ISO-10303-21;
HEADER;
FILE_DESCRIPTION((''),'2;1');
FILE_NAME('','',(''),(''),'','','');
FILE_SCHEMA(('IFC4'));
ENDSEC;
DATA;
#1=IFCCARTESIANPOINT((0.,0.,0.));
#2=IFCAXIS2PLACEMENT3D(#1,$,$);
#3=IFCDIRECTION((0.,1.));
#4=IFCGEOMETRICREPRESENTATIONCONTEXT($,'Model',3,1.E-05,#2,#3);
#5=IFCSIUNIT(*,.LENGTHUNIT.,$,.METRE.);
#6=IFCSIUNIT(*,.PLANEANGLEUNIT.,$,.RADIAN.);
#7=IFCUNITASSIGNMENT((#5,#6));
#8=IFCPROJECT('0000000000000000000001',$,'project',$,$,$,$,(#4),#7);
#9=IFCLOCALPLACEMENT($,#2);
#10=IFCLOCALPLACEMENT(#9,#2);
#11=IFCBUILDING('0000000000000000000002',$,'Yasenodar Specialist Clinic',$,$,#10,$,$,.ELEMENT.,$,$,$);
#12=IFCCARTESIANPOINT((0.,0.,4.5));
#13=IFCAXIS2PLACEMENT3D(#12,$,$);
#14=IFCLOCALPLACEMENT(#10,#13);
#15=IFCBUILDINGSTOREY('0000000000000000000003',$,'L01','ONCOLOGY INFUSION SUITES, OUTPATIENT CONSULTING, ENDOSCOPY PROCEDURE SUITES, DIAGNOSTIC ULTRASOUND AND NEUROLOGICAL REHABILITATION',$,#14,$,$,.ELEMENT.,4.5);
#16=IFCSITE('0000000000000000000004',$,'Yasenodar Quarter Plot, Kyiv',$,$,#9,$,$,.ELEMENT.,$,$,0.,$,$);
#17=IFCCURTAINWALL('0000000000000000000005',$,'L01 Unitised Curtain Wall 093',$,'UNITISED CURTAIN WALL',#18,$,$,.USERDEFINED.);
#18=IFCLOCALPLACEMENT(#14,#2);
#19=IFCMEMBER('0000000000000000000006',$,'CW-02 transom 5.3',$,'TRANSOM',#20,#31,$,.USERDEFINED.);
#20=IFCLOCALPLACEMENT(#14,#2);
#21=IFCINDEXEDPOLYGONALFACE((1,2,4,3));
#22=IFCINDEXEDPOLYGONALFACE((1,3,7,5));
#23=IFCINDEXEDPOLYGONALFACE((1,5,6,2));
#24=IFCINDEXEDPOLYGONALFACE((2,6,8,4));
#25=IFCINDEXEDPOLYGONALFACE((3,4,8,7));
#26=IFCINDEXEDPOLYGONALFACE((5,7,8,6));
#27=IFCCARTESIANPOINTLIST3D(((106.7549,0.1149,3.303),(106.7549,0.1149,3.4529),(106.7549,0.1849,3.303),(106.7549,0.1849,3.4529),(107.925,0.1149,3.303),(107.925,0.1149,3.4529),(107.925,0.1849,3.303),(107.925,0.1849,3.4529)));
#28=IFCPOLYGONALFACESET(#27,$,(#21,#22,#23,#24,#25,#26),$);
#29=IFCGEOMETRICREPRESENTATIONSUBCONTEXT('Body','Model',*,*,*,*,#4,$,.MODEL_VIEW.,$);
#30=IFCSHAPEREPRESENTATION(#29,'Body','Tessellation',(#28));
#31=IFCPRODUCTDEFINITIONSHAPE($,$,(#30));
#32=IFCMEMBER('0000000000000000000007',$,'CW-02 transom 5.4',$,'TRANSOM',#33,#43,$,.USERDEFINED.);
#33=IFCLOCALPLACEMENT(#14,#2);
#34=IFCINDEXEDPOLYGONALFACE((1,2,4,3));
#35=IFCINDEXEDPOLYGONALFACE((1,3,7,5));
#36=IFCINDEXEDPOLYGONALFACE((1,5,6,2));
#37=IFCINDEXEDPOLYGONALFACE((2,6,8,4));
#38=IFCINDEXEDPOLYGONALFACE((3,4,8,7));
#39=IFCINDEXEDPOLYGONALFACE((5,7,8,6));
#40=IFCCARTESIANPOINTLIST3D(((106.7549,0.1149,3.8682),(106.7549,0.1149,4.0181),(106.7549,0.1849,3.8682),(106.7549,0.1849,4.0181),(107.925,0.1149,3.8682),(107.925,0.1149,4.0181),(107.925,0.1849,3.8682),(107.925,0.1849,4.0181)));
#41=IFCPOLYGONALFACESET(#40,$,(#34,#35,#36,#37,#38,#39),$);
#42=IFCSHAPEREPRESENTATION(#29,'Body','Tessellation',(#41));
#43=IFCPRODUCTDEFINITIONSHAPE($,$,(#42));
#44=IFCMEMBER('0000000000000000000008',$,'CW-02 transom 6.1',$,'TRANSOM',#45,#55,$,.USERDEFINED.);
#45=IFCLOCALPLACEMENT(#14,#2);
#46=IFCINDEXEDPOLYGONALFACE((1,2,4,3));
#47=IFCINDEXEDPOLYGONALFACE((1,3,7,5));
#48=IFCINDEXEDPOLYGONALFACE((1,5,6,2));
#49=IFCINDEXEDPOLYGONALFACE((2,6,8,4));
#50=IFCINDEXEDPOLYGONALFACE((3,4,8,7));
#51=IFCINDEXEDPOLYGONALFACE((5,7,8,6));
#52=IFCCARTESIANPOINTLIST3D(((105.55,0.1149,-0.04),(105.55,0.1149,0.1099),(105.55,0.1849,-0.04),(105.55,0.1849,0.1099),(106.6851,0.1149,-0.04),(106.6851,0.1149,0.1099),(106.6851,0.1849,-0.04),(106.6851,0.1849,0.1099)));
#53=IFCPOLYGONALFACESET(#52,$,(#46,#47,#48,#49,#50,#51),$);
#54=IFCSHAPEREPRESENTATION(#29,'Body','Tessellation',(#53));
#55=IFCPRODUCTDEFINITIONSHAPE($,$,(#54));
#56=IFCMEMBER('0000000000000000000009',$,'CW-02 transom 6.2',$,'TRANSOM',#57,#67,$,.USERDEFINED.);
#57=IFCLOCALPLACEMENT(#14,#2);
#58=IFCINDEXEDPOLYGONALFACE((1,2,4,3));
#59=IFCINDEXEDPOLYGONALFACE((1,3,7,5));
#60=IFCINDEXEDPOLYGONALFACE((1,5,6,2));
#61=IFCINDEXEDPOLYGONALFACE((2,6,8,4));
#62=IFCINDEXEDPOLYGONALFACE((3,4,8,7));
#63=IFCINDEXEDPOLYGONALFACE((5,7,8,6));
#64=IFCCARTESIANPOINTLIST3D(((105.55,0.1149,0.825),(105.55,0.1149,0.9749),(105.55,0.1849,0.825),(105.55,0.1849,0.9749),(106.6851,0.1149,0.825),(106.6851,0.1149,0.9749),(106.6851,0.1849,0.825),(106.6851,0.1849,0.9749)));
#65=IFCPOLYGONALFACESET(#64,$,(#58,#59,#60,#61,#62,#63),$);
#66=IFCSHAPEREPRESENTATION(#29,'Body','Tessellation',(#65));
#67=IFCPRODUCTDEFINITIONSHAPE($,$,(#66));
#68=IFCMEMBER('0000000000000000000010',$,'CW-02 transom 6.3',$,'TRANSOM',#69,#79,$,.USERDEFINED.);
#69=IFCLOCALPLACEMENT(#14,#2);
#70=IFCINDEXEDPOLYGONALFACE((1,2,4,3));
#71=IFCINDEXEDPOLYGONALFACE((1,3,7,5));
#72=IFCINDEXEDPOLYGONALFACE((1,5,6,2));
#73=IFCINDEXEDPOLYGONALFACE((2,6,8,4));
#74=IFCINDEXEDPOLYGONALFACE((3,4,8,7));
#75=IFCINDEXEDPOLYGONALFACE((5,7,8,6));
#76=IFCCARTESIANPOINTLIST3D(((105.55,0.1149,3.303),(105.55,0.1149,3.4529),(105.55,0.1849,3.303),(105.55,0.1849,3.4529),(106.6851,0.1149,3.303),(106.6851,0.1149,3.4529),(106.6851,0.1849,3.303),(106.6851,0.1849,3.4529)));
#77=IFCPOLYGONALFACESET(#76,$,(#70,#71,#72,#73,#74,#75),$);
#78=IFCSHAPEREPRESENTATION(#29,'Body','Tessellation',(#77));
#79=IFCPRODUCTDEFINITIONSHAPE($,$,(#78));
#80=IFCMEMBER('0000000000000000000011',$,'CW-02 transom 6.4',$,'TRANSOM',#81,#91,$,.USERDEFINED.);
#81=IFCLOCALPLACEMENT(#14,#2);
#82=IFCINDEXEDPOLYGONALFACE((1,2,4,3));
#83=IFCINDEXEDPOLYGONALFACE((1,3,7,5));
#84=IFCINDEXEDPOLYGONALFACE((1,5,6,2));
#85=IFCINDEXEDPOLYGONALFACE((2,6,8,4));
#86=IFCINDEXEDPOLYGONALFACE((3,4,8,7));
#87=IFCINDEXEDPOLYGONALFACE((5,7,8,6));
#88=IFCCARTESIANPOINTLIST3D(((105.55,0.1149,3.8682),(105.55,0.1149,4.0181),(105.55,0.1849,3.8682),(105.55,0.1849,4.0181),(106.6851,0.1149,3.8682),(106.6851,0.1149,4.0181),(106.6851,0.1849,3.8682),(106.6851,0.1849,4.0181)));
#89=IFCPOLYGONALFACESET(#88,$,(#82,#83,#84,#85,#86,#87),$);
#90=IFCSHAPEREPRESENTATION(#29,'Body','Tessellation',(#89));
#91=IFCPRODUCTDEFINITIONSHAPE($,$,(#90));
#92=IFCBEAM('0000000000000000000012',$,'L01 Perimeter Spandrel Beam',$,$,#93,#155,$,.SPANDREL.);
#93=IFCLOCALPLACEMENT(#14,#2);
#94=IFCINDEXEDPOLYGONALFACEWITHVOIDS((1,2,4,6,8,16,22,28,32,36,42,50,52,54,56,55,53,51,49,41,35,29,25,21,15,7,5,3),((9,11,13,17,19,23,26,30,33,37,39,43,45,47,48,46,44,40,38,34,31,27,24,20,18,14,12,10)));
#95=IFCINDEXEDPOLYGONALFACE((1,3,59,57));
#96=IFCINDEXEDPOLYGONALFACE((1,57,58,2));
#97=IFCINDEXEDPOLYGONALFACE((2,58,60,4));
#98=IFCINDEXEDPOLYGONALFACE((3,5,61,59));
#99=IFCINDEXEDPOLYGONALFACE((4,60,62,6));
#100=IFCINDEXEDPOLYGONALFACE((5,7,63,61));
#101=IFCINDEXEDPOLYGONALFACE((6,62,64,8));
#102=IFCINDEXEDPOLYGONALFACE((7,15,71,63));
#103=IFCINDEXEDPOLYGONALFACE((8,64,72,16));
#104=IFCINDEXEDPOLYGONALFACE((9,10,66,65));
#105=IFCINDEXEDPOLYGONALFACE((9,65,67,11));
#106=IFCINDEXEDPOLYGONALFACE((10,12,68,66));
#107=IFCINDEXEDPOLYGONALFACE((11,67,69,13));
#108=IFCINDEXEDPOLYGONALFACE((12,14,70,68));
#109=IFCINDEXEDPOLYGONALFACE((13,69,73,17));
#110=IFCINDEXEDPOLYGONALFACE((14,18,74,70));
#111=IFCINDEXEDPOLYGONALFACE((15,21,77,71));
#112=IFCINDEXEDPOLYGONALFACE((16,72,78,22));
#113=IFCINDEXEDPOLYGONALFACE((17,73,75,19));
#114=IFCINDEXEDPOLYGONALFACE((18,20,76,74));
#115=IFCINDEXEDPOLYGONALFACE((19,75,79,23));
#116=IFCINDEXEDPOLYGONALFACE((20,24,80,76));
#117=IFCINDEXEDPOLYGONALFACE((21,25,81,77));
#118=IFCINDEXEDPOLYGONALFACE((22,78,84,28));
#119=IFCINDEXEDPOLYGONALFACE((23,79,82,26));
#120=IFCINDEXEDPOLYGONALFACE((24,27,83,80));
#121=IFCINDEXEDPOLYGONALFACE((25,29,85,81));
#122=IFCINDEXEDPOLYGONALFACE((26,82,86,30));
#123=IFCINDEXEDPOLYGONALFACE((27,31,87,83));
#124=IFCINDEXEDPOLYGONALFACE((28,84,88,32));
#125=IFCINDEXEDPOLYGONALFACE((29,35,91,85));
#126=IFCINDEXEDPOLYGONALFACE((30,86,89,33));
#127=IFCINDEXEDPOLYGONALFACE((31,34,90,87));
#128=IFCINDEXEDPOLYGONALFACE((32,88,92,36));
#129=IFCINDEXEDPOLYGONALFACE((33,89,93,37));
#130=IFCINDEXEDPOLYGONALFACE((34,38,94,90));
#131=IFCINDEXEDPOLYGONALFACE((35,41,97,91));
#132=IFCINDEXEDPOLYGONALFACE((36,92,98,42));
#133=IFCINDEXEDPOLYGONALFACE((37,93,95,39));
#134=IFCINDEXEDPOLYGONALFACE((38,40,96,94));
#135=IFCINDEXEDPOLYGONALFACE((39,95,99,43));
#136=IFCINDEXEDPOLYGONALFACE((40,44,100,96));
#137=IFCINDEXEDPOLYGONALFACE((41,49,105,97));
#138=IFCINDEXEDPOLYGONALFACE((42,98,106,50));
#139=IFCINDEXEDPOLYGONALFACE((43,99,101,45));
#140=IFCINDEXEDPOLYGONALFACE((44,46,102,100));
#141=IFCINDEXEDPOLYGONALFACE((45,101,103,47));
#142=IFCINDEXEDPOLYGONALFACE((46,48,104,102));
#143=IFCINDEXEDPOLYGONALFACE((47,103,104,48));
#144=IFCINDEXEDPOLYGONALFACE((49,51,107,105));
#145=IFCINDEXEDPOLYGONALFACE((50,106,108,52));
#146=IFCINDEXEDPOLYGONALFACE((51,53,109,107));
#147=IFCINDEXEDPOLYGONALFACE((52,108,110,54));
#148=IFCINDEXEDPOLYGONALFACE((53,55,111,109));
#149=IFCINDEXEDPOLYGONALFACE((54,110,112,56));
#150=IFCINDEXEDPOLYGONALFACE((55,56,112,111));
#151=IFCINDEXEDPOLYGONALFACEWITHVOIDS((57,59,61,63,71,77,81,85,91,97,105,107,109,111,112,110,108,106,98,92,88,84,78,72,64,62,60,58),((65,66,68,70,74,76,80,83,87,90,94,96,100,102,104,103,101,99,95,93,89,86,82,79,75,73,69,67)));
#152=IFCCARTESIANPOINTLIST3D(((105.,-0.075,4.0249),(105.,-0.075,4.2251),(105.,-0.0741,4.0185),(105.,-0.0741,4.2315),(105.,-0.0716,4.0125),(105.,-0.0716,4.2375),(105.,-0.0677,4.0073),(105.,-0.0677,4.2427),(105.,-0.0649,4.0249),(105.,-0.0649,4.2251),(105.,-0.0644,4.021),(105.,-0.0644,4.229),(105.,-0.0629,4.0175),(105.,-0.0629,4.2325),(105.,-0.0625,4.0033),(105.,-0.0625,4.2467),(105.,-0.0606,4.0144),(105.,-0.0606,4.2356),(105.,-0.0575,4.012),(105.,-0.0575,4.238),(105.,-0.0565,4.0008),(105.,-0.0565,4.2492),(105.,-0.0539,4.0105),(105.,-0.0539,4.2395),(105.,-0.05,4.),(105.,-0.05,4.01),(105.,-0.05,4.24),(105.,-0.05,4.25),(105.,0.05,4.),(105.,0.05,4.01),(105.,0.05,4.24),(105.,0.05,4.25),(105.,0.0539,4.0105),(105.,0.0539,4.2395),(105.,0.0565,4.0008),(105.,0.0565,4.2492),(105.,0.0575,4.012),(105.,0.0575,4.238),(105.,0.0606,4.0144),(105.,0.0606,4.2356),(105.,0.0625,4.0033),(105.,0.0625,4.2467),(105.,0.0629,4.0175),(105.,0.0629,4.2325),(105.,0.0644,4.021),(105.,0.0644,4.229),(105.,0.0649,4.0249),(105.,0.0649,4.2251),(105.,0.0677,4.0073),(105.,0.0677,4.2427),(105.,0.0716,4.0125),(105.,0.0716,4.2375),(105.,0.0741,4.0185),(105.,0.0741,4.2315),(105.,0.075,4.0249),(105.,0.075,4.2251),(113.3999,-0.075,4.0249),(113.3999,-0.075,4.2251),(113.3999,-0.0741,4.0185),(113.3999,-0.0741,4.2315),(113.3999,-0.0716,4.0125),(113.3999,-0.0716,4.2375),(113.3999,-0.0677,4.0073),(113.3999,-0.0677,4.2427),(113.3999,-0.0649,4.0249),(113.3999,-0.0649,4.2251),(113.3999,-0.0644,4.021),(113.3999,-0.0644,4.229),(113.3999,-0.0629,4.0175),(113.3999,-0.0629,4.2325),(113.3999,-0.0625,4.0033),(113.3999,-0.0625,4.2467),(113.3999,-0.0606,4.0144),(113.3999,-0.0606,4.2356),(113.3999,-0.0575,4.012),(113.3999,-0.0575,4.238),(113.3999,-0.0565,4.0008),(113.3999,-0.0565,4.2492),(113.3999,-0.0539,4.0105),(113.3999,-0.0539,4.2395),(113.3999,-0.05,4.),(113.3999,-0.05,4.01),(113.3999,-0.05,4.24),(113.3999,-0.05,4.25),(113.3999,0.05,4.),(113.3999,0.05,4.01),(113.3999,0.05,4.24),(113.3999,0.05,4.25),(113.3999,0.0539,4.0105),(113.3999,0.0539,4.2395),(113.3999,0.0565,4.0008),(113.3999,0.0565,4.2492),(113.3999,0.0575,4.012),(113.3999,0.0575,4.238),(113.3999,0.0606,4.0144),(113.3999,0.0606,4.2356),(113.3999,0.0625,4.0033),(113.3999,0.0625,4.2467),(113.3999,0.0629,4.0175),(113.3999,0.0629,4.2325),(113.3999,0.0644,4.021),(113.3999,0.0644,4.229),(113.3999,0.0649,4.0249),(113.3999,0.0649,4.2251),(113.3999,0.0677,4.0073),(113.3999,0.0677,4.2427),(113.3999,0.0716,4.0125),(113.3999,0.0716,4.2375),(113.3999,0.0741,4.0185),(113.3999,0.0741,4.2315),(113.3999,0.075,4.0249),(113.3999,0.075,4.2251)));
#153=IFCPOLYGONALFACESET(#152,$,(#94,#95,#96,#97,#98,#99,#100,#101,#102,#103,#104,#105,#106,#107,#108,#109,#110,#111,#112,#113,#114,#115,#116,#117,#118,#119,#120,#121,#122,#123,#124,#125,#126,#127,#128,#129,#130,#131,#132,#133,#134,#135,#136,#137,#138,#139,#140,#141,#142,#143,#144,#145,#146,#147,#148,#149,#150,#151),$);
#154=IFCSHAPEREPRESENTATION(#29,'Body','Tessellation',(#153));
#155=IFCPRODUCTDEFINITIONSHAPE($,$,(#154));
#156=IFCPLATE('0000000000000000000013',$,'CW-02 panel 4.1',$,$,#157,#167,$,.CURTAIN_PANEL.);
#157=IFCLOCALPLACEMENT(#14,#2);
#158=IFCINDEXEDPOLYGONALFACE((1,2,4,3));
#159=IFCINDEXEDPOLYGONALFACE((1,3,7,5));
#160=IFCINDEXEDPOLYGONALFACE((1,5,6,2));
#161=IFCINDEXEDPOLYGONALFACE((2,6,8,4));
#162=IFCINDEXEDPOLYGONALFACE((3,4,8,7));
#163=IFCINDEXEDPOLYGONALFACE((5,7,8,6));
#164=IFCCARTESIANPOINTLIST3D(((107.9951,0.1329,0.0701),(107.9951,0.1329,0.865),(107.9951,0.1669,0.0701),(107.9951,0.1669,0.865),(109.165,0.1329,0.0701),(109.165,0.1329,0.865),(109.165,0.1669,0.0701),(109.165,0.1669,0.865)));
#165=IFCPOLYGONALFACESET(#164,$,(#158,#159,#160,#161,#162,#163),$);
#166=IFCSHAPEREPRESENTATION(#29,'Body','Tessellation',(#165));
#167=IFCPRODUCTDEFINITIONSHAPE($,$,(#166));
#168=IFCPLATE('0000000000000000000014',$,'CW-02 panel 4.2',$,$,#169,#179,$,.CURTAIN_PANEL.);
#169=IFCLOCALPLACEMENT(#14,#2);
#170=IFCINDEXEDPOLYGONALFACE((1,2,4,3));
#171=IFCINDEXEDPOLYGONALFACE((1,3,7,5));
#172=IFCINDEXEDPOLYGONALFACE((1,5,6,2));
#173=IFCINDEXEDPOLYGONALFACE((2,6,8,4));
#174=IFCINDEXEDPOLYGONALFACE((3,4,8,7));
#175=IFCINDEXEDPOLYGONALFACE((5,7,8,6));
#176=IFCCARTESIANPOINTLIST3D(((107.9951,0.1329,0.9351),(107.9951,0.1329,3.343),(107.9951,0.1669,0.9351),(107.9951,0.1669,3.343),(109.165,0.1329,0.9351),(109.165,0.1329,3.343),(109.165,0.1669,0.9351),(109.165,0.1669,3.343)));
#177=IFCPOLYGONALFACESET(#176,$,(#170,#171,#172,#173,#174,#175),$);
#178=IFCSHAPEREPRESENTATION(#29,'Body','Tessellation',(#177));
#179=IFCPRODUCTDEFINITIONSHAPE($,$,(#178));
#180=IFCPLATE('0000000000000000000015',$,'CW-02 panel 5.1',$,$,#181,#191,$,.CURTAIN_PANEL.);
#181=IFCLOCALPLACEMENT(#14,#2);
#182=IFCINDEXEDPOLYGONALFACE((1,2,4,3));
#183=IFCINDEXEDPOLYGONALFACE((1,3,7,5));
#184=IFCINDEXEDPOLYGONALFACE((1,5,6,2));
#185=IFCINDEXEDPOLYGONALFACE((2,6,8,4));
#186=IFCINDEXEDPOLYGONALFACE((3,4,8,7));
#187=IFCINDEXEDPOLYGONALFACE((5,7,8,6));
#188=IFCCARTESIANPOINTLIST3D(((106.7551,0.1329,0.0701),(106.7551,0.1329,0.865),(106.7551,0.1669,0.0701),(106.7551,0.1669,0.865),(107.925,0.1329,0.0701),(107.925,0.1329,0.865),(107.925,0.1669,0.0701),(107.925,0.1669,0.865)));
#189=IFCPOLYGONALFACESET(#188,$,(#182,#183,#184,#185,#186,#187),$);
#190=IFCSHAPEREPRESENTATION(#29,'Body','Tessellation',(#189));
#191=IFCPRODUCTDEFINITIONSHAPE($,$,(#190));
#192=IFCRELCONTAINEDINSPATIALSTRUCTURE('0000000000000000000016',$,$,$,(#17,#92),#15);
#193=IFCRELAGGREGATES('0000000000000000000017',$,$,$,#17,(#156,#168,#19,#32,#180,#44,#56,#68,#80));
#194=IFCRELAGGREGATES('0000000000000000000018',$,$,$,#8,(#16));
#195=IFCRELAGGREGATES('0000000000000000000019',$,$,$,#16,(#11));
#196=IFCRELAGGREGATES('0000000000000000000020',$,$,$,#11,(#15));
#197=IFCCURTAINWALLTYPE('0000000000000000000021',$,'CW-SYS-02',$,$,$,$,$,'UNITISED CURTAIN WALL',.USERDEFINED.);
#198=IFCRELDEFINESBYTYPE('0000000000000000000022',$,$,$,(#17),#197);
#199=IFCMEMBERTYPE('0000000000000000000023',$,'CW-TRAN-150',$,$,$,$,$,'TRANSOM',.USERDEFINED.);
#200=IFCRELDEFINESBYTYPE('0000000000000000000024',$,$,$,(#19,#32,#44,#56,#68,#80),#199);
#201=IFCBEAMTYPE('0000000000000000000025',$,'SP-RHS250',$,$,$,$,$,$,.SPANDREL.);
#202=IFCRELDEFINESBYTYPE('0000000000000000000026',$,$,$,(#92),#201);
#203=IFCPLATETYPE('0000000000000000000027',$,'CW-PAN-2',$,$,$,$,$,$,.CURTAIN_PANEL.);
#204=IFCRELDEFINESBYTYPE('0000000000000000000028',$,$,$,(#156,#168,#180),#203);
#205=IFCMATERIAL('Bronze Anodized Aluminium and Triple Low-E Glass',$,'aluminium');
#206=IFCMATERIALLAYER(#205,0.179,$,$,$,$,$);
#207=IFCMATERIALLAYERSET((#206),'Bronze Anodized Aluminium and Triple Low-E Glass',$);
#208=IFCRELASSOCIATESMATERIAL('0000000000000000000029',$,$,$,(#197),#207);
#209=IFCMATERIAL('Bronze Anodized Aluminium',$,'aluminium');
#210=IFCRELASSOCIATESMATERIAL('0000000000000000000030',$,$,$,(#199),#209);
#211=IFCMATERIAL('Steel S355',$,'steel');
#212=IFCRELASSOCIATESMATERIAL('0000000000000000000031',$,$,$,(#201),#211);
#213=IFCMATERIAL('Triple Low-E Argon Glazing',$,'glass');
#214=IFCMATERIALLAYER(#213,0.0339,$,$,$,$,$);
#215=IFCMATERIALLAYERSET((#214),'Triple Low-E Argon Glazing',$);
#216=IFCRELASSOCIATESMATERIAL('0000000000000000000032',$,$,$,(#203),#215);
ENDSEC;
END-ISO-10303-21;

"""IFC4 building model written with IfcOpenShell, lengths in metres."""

from ifc_helpers import new_model, si_unit, direction, frame, origin, origin_2d, place, context, subcontext, project, spatial, rectangle, hollow_rectangle, extrude, material, layer, layer_set, material_profile, profile_set, type_object, element, aggregate, save


model = new_model("IFC4")

# Units and contexts
model_context = context("Model", 3, precision=1e-05, world=origin(), true_north=direction((0.0, 1.0)))
body_context = subcontext(model_context, "Body", "Model", "MODEL_VIEW")
ifc_project = project(units=[si_unit("LENGTHUNIT", "METRE"), si_unit("PLANEANGLEUNIT", "RADIAN")], contexts=[model_context])

# Site, building, storey
site_placement = place(None, origin())
site = spatial("IfcSite", under=ifc_project, at=site_placement, Name="Yasenodar Quarter Plot, Kyiv", CompositionType="ELEMENT", RefElevation=0.0)
building_placement = place(site_placement, origin())
building = spatial("IfcBuilding", under=site, at=building_placement, Name="Yasenodar Specialist Clinic", CompositionType="ELEMENT")
storey_placement = place(building_placement, frame((0.0, 0.0, 4.5)))
storey = spatial("IfcBuildingStorey", under=building, at=storey_placement, Name="L01", Description="ONCOLOGY INFUSION SUITES, OUTPATIENT CONSULTING, ENDOSCOPY PROCEDURE SUITES, DIAGNOSTIC ULTRASOUND AND NEUROLOGICAL REHABILITATION", CompositionType="ELEMENT", Elevation=4.5)

# Shared definitions
ifc_material_1 = material(Name="Steel S355", Category="steel")

# Curtain wall, members
ifc_material_2 = material(Name="Bronze Anodized Aluminium and Triple Low-E Glass", Category="aluminium")
ifc_layer_1 = layer(ifc_material_2, 0.179)
ifc_layer_set_1 = layer_set([ifc_layer_1], Name="Bronze Anodized Aluminium and Triple Low-E Glass")
curtain_wall_type = type_object("IfcCurtainWallType", Name="CW-SYS-02", ElementType="UNITISED CURTAIN WALL", PredefinedType="USERDEFINED", material=ifc_layer_set_1)
curtain_wall_placement = place(storey_placement, origin())
curtain_wall = element("IfcCurtainWall", 1, at=curtain_wall_placement, inside=storey, type_object=curtain_wall_type, Name="L01 Unitised Curtain Wall 093", ObjectType="UNITISED CURTAIN WALL", PredefinedType="USERDEFINED")
ifc_material_3 = material(Name="Bronze Anodized Aluminium", Category="aluminium")
ifc_material_profile_1 = material_profile(ifc_material_3, rectangle(XDim=0.0701, YDim=0.1499, at=origin_2d()), Name="CW-TRAN 70x150")
ifc_profile_set_1 = profile_set([ifc_material_profile_1], Name="Bronze Anodized Aluminium")
member_type_1 = type_object("IfcMemberType", Name="CW-TRAN-150", ElementType="TRANSOM", PredefinedType="USERDEFINED", material=ifc_profile_set_1)
member_1_placement = place(storey_placement, frame((107.925, 0.1499, 3.3779), z_axis=(-1.0, 0.0, 0.0), x_axis=(0.0, -1.0, 0.0)))
member_1 = element("IfcMember", 2, at=member_1_placement, type_object=member_type_1, Name="CW-02 transom 5.3", ObjectType="TRANSOM", PredefinedType="USERDEFINED", context=body_context, shape_type="SweptSolid", body=[
    extrude(rectangle(XDim=0.0701, YDim=0.1499, at=origin_2d()), origin(), (0.0, 0.0, 1.0), 1.1702),
])
member_2_placement = place(storey_placement, frame((107.925, 0.1499, 3.9431), z_axis=(-1.0, 0.0, 0.0), x_axis=(0.0, -1.0, 0.0)))
member_2 = element("IfcMember", 3, at=member_2_placement, type_object=member_type_1, Name="CW-02 transom 5.4", ObjectType="TRANSOM", PredefinedType="USERDEFINED", context=body_context, shape_type="SweptSolid", body=[
    extrude(rectangle(XDim=0.0701, YDim=0.1499, at=origin_2d()), origin(), (0.0, 0.0, 1.0), 1.1702),
])
member_3_placement = place(storey_placement, frame((106.6851, 0.1499, 0.0349), z_axis=(-1.0, 0.0, 0.0), x_axis=(0.0, -1.0, 0.0)))
member_3 = element("IfcMember", 4, at=member_3_placement, type_object=member_type_1, Name="CW-02 transom 6.1", ObjectType="TRANSOM", PredefinedType="USERDEFINED", context=body_context, shape_type="SweptSolid", body=[
    extrude(rectangle(XDim=0.0701, YDim=0.1499, at=origin_2d()), origin(), (0.0, 0.0, 1.0), 1.135),
])
member_4_placement = place(storey_placement, frame((106.6851, 0.1499, 0.8999), z_axis=(-1.0, 0.0, 0.0), x_axis=(0.0, -1.0, 0.0)))
member_4 = element("IfcMember", 5, at=member_4_placement, type_object=member_type_1, Name="CW-02 transom 6.2", ObjectType="TRANSOM", PredefinedType="USERDEFINED", context=body_context, shape_type="SweptSolid", body=[
    extrude(rectangle(XDim=0.0701, YDim=0.1499, at=origin_2d()), origin(), (0.0, 0.0, 1.0), 1.135),
])
member_5_placement = place(storey_placement, frame((106.6851, 0.1499, 3.3779), z_axis=(-1.0, 0.0, 0.0), x_axis=(0.0, -1.0, 0.0)))
member_5 = element("IfcMember", 6, at=member_5_placement, type_object=member_type_1, Name="CW-02 transom 6.3", ObjectType="TRANSOM", PredefinedType="USERDEFINED", context=body_context, shape_type="SweptSolid", body=[
    extrude(rectangle(XDim=0.0701, YDim=0.1499, at=origin_2d()), origin(), (0.0, 0.0, 1.0), 1.135),
])
member_6_placement = place(storey_placement, frame((106.6851, 0.1499, 3.9431), z_axis=(-1.0, 0.0, 0.0), x_axis=(0.0, -1.0, 0.0)))
member_6 = element("IfcMember", 7, at=member_6_placement, type_object=member_type_1, Name="CW-02 transom 6.4", ObjectType="TRANSOM", PredefinedType="USERDEFINED", context=body_context, shape_type="SweptSolid", body=[
    extrude(rectangle(XDim=0.0701, YDim=0.1499, at=origin_2d()), origin(), (0.0, 0.0, 1.0), 1.135),
])

# Beam
ifc_material_profile_2 = material_profile(ifc_material_1, hollow_rectangle(XDim=0.1499, YDim=0.25, WallThickness=0.01, InnerFilletRadius=0.0149, OuterFilletRadius=0.0249, at=origin_2d()), Name="RHS 250x150x10")
ifc_profile_set_2 = profile_set([ifc_material_profile_2], Name="Steel S355")
beam_type_1 = type_object("IfcBeamType", Name="SP-RHS250", PredefinedType="SPANDREL", material=ifc_profile_set_2)
beam_1_placement = place(storey_placement, frame((105.0, 0.0, 4.125), z_axis=(1.0, 0.0, 0.0), x_axis=(0.0, 1.0, 0.0)))
element("IfcBeam", 8, at=beam_1_placement, inside=storey, type_object=beam_type_1, Name="L01 Perimeter Spandrel Beam", PredefinedType="SPANDREL", context=body_context, shape_type="SweptSolid", body=[
    extrude(hollow_rectangle(XDim=0.1499, YDim=0.25, WallThickness=0.01, InnerFilletRadius=0.0149, OuterFilletRadius=0.0249, at=origin_2d()), origin(), (0.0, 0.0, 1.0), 8.3999),
])

# Plates
ifc_material_4 = material(Name="Triple Low-E Argon Glazing", Category="glass")
ifc_layer_2 = layer(ifc_material_4, 0.0339)
ifc_layer_set_2 = layer_set([ifc_layer_2], Name="Triple Low-E Argon Glazing")
plate_type = type_object("IfcPlateType", Name="CW-PAN-2", PredefinedType="CURTAIN_PANEL", material=ifc_layer_set_2)
plate_1_placement = place(storey_placement, frame((108.5801, 0.1499, 0.0701), z_axis=(0.0, 0.0, 1.0), x_axis=(-1.0, 0.0, 0.0)))
plate_1 = element("IfcPlate", 9, at=plate_1_placement, type_object=plate_type, Name="CW-02 panel 4.1", PredefinedType="CURTAIN_PANEL", context=body_context, shape_type="SweptSolid", body=[
    extrude(rectangle(XDim=1.1699, YDim=0.0339, at=origin_2d()), origin(), (0.0, 0.0, 1.0), 0.7949),
])
plate_2_placement = place(storey_placement, frame((108.5801, 0.1499, 0.9351), z_axis=(0.0, 0.0, 1.0), x_axis=(-1.0, 0.0, 0.0)))
plate_2 = element("IfcPlate", 10, at=plate_2_placement, type_object=plate_type, Name="CW-02 panel 4.2", PredefinedType="CURTAIN_PANEL", context=body_context, shape_type="SweptSolid", body=[
    extrude(rectangle(XDim=1.1699, YDim=0.0339, at=origin_2d()), origin(), (0.0, 0.0, 1.0), 2.408),
])
plate_3_placement = place(storey_placement, frame((107.3401, 0.1499, 0.0701), z_axis=(0.0, 0.0, 1.0), x_axis=(-1.0, 0.0, 0.0)))
plate_3 = element("IfcPlate", 11, at=plate_3_placement, type_object=plate_type, Name="CW-02 panel 5.1", PredefinedType="CURTAIN_PANEL", context=body_context, shape_type="SweptSolid", body=[
    extrude(rectangle(XDim=1.1699, YDim=0.0339, at=origin_2d()), origin(), (0.0, 0.0, 1.0), 0.7949),
])
aggregate(curtain_wall, [plate_1, plate_2, member_1, member_2, plate_3, member_3, member_4, member_5, member_6])

save(model, "model.ifc")
